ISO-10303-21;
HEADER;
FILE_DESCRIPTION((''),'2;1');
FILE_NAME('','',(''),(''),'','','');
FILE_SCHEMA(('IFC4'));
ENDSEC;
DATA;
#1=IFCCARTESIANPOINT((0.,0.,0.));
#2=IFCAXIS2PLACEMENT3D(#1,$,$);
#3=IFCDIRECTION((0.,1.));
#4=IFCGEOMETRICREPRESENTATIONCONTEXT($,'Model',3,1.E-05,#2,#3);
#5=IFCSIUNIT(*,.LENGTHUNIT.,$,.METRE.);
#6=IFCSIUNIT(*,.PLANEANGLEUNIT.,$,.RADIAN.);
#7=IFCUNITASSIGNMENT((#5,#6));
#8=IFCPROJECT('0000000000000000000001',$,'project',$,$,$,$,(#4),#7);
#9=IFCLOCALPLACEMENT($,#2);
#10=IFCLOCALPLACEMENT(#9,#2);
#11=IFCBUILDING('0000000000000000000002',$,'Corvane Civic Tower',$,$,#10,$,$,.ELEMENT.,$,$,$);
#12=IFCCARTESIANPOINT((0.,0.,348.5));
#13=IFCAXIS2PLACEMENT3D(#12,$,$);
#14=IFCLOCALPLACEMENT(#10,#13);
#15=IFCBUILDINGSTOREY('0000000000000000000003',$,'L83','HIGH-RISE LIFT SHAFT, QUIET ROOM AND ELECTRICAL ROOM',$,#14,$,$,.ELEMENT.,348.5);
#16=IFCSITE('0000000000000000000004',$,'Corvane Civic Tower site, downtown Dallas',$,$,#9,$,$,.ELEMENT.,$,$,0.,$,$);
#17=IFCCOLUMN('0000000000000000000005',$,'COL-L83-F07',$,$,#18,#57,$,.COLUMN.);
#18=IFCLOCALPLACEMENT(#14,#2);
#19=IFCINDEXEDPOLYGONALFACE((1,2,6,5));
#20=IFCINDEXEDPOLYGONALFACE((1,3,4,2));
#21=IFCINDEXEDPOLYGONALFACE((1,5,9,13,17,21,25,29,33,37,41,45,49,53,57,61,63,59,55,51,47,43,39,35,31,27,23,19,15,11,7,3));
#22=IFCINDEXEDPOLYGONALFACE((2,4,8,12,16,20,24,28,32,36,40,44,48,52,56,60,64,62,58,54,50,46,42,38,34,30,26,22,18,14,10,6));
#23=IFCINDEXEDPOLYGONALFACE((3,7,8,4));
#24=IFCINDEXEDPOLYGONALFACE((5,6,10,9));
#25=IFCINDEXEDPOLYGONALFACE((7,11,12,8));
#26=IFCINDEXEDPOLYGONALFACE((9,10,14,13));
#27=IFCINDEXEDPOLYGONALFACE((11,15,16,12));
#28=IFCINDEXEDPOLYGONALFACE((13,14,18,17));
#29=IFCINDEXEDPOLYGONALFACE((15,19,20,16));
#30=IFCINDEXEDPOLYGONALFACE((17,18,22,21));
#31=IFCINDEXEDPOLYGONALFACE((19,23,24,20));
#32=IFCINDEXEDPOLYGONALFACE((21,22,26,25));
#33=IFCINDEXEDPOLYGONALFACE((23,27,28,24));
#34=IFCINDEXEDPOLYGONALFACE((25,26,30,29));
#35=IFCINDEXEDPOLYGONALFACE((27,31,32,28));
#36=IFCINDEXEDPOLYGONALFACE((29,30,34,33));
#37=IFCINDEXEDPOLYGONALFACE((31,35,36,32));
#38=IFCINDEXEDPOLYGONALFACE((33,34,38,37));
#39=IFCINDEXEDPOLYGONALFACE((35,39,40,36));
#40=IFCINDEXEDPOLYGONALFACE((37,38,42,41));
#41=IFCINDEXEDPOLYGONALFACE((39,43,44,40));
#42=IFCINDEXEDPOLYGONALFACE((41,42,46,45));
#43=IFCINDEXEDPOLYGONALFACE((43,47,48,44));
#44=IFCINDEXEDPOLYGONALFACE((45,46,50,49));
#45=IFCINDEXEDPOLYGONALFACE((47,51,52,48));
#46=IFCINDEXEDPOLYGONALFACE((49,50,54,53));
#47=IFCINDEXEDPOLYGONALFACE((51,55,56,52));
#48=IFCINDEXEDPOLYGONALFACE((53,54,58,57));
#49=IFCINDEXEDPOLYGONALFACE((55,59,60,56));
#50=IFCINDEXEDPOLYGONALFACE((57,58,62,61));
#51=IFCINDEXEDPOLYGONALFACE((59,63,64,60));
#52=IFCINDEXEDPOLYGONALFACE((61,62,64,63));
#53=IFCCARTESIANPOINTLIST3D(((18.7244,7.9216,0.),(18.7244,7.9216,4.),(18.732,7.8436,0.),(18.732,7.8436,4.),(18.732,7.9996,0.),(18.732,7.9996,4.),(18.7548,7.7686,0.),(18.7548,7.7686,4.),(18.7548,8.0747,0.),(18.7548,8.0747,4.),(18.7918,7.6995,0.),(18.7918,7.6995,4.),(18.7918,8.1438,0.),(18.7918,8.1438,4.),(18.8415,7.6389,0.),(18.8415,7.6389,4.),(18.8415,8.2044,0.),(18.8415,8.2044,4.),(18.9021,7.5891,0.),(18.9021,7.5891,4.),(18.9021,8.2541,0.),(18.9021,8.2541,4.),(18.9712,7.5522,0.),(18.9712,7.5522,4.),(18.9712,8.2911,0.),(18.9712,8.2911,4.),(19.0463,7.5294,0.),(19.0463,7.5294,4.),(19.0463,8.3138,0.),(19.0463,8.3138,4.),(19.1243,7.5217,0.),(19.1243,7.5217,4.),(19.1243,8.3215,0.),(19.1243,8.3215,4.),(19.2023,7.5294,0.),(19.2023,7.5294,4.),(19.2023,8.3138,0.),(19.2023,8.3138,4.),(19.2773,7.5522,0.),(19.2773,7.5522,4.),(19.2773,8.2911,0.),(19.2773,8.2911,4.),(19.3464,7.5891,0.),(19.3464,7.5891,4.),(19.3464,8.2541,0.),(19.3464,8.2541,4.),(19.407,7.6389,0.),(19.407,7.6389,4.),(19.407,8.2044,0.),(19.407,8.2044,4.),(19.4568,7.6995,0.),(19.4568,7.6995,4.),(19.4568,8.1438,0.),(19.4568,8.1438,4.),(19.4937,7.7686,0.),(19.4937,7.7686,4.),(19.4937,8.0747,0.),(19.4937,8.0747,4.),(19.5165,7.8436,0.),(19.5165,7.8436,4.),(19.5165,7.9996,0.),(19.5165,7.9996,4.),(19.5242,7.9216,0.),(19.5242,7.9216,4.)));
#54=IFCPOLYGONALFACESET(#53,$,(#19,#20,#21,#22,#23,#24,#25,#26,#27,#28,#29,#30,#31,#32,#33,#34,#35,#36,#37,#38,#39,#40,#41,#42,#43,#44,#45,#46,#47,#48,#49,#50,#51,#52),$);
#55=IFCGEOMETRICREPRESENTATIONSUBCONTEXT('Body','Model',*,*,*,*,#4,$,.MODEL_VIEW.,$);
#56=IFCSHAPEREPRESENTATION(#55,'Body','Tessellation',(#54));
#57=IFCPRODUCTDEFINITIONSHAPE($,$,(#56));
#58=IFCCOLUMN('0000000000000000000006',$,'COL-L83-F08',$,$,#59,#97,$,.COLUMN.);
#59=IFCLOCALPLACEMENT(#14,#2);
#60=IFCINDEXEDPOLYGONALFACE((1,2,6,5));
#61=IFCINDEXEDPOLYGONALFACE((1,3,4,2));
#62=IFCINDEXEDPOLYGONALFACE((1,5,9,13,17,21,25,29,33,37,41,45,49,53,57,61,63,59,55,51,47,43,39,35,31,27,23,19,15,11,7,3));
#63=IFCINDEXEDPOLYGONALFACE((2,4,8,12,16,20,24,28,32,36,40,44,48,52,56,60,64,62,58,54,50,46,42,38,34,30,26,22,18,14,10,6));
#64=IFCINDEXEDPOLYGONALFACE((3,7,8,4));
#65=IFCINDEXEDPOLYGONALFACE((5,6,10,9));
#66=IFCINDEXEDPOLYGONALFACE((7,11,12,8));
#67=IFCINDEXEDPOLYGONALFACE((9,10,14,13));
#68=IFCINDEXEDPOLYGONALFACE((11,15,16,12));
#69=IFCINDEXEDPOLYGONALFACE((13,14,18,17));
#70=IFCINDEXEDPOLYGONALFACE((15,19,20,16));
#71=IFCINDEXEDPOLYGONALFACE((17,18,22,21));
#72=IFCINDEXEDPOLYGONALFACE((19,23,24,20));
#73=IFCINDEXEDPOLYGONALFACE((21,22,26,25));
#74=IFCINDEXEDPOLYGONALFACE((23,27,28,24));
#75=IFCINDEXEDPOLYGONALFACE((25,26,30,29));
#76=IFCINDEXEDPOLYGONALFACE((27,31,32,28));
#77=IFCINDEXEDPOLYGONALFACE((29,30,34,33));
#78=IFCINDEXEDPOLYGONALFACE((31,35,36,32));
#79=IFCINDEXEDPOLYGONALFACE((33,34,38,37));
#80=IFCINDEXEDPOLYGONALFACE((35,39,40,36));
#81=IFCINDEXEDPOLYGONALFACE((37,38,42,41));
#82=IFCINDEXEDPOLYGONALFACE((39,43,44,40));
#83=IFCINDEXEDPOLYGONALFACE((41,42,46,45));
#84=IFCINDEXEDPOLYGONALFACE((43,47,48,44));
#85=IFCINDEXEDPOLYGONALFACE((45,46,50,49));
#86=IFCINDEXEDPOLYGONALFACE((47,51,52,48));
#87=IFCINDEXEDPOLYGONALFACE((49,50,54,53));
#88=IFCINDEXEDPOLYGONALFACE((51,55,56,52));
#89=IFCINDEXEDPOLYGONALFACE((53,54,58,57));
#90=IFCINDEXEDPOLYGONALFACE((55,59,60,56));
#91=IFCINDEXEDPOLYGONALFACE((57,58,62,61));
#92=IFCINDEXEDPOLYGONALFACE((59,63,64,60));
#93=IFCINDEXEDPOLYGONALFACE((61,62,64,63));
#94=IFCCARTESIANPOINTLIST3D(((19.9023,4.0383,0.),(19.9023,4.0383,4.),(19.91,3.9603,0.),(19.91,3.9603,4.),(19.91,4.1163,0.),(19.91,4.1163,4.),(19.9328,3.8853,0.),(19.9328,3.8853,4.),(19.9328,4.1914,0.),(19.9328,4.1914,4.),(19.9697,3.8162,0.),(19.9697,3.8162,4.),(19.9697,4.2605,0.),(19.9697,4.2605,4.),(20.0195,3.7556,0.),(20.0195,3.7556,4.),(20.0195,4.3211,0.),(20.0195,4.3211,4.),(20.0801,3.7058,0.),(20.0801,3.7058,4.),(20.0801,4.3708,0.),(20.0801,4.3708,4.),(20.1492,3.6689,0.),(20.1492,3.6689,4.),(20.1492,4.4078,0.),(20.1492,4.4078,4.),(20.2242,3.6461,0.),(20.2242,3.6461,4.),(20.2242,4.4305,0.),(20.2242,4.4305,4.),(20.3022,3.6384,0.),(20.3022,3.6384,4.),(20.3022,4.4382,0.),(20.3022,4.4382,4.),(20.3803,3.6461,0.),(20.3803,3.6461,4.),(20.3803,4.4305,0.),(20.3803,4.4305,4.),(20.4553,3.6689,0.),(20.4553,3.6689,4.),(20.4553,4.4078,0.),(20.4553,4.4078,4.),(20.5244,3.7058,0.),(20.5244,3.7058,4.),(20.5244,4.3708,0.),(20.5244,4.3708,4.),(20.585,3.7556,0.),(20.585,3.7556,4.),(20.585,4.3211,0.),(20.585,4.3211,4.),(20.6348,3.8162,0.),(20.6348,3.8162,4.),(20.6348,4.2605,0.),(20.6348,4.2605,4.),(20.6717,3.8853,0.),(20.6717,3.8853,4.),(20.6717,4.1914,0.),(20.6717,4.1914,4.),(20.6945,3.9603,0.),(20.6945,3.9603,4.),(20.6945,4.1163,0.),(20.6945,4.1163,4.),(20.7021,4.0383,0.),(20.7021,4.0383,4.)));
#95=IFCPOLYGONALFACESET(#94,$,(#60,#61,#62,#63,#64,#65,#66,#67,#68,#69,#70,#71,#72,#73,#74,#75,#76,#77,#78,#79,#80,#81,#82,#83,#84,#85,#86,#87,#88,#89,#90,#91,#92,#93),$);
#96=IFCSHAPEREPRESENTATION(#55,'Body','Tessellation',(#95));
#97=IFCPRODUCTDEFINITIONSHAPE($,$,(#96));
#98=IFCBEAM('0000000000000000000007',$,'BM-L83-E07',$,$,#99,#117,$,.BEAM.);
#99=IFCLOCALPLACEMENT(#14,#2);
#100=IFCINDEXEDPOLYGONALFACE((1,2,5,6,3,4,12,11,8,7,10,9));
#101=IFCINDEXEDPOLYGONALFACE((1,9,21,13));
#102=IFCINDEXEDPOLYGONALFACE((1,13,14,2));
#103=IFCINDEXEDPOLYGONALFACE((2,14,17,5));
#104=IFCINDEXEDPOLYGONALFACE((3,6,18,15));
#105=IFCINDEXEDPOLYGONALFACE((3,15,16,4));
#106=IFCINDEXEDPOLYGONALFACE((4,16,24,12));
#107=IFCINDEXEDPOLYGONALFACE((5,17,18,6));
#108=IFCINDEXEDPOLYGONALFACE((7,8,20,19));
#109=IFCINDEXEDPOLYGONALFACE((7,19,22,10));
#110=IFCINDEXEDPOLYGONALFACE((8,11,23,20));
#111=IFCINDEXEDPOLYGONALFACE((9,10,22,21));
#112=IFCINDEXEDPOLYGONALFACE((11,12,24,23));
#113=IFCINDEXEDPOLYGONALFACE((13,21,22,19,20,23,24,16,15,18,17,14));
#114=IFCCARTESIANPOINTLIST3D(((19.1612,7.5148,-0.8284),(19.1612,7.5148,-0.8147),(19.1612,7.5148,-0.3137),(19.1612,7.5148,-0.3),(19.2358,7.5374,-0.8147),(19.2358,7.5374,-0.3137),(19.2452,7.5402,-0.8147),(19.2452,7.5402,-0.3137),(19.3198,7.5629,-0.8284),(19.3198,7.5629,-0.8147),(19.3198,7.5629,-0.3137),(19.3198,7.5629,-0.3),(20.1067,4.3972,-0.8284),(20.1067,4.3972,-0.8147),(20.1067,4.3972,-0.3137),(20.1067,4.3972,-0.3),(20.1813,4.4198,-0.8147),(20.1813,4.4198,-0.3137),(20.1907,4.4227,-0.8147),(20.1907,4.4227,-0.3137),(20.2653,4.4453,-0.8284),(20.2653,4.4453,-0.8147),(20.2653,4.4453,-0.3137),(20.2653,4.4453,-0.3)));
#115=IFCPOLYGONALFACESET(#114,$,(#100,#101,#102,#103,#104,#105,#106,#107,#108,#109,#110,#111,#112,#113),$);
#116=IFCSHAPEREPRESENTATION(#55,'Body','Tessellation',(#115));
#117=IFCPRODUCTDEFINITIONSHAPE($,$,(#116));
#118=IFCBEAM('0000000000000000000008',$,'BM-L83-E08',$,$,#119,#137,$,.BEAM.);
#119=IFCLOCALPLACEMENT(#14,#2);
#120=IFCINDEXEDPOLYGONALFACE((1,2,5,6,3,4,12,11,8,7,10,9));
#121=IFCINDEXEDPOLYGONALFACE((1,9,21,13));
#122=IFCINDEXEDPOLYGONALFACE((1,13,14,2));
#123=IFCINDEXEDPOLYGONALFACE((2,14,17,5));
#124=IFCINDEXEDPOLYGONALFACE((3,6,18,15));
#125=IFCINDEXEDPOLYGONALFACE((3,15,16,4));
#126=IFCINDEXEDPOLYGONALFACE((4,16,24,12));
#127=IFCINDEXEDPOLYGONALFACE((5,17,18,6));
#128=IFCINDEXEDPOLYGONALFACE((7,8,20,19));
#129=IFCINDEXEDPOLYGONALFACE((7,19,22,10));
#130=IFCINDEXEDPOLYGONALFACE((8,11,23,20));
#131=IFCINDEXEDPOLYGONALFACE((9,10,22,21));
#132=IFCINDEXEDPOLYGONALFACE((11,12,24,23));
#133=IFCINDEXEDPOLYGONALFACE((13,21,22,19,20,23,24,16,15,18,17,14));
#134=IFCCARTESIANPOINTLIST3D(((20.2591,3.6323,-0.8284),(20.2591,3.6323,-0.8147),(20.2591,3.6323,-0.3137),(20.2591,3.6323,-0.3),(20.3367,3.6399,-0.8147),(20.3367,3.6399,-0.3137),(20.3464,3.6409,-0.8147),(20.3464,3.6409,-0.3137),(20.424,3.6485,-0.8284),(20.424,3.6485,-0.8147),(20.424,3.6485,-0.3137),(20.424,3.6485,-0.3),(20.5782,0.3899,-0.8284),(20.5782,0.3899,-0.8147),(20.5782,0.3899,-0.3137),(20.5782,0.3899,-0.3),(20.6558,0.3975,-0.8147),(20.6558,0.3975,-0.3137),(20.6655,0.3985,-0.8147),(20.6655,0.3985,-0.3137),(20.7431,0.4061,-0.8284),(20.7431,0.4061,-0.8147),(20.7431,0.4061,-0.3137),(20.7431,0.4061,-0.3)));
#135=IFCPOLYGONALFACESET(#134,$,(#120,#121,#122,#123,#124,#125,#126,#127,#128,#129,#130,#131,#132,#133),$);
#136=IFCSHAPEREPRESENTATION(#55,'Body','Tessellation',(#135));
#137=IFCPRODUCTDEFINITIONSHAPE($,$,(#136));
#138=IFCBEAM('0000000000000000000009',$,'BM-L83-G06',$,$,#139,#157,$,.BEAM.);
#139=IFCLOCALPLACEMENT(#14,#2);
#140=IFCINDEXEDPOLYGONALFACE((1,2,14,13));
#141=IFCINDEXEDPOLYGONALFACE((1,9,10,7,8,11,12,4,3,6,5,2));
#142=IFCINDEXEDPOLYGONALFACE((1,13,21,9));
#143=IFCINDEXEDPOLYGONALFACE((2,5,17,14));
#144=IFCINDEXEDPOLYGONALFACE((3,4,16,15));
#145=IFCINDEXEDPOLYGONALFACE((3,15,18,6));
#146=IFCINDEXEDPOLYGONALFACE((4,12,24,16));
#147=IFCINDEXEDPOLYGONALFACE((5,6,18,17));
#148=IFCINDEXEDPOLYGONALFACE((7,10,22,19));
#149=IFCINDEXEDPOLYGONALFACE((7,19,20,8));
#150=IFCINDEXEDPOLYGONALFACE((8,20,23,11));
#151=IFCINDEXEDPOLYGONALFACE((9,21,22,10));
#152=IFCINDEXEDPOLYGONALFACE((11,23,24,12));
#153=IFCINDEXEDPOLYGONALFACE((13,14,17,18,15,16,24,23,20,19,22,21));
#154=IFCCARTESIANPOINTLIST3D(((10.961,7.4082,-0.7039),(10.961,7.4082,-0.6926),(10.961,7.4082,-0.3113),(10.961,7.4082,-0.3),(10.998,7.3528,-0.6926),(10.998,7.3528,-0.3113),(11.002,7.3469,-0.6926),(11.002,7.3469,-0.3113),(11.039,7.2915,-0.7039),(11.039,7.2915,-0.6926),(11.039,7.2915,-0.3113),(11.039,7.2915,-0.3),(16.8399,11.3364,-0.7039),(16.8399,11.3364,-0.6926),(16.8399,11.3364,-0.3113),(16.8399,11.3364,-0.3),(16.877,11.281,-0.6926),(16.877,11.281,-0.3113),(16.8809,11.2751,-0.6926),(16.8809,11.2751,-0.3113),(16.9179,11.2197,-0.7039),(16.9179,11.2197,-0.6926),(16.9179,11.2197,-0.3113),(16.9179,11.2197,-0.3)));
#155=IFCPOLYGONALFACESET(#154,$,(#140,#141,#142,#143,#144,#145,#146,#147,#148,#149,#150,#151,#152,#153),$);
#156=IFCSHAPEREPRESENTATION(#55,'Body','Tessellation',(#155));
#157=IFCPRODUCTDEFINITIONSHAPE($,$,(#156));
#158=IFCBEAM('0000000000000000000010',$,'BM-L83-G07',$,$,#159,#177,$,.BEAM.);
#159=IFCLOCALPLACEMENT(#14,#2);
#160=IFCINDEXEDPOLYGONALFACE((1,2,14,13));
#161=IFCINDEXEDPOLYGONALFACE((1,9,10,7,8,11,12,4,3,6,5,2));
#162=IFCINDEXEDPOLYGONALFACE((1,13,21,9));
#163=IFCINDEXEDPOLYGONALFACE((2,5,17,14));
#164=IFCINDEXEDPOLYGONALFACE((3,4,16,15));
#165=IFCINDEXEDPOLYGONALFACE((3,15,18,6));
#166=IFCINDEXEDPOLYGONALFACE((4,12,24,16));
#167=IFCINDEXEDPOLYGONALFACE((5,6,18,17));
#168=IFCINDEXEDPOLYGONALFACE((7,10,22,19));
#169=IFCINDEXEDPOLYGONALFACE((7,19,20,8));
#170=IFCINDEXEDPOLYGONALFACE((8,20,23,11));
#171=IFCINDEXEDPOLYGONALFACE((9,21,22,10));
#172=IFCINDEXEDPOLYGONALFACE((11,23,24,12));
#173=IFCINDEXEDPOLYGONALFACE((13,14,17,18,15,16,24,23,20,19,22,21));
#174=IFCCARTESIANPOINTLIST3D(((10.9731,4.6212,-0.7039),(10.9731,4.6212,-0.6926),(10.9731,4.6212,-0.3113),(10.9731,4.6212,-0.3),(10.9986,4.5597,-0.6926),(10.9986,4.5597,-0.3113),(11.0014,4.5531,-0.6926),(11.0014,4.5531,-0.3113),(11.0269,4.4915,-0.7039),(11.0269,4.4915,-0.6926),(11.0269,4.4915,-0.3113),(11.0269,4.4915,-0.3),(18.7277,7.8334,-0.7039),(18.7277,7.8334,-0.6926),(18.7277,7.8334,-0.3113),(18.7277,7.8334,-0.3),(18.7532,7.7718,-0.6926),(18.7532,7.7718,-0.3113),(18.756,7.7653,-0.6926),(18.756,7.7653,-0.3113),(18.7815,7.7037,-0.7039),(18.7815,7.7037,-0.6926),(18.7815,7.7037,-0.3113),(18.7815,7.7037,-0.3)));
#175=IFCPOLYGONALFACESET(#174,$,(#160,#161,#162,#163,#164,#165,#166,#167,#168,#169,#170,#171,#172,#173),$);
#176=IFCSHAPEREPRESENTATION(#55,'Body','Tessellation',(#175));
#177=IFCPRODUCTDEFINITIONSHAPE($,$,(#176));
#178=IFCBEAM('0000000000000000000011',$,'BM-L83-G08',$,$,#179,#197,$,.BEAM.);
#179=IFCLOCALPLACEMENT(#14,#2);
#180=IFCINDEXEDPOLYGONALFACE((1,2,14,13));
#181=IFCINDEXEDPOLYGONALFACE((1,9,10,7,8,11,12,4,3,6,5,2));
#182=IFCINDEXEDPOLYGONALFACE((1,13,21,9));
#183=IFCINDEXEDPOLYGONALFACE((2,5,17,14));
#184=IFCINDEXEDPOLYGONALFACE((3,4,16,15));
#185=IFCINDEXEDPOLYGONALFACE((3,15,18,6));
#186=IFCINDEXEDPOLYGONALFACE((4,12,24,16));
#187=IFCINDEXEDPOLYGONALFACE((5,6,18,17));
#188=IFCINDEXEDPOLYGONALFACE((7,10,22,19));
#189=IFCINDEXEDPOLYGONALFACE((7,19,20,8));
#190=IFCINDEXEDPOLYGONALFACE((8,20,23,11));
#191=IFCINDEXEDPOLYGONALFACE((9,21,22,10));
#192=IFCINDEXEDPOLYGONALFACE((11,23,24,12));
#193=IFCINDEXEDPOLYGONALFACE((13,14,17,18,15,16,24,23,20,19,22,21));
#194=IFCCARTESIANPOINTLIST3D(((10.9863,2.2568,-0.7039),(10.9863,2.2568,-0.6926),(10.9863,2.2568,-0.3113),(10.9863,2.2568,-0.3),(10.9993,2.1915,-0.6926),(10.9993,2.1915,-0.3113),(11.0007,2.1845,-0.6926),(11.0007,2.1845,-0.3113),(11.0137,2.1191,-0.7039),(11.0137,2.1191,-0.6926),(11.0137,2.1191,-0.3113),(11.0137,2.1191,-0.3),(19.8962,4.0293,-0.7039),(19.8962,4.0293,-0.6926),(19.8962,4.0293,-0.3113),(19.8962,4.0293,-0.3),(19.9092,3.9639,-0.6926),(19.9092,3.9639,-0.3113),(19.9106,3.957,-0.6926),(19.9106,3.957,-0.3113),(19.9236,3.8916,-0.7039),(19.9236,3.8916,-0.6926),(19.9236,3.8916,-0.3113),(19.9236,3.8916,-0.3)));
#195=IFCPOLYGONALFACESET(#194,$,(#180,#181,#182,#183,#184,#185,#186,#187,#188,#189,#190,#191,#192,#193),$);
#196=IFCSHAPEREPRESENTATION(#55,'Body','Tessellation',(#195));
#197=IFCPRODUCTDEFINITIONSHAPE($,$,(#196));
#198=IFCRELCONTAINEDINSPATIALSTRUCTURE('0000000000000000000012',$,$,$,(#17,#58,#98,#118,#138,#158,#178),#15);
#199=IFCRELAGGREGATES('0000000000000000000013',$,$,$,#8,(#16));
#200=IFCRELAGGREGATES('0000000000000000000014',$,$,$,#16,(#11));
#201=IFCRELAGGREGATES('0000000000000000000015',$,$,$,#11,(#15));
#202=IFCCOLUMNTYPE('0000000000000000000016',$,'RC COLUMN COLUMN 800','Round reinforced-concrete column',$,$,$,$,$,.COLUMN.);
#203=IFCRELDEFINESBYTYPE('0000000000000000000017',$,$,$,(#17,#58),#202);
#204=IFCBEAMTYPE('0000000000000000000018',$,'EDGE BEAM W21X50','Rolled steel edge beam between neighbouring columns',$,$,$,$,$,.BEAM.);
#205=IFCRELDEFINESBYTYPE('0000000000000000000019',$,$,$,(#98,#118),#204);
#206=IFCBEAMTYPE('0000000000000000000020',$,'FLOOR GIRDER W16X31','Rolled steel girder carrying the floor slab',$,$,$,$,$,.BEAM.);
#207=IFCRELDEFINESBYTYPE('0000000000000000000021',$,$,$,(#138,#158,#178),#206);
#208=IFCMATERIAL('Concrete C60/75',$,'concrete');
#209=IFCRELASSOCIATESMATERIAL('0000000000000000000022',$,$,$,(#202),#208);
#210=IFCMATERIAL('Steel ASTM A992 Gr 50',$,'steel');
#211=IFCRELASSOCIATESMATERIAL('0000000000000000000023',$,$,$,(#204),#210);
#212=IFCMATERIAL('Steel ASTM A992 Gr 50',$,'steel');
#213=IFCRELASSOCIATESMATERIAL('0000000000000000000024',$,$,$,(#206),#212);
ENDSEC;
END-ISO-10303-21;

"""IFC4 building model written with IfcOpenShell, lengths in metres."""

from ifc_helpers import new_model, si_unit, direction, frame, origin, origin_2d, place, context, subcontext, project, spatial, circle, i_section, extrude, material, material_profile, profile_set, type_object, element, save


model = new_model("IFC4")

# Units and contexts
model_context = context("Model", 3, precision=1e-05, world=origin(), true_north=direction((0.0, 1.0)))
body_context = subcontext(model_context, "Body", "Model", "MODEL_VIEW")
ifc_project = project(units=[si_unit("LENGTHUNIT", "METRE"), si_unit("PLANEANGLEUNIT", "RADIAN")], contexts=[model_context])

# Site, building, storey
site_placement = place(None, origin())
site = spatial("IfcSite", under=ifc_project, at=site_placement, Name="Corvane Civic Tower site, downtown Dallas", CompositionType="ELEMENT", RefElevation=0.0)
building_placement = place(site_placement, origin())
building = spatial("IfcBuilding", under=site, at=building_placement, Name="Corvane Civic Tower", CompositionType="ELEMENT")
storey_placement = place(building_placement, frame((0.0, 0.0, 348.5)))
storey = spatial("IfcBuildingStorey", under=building, at=storey_placement, Name="L83", Description="HIGH-RISE LIFT SHAFT, QUIET ROOM AND ELECTRICAL ROOM", CompositionType="ELEMENT", Elevation=348.5)

# Columns
ifc_material_1 = material(Name="Concrete C60/75", Category="concrete")
ifc_material_profile_1 = material_profile(ifc_material_1, circle(Radius=0.3999, at=origin_2d()), Name="COLUMN 800")
ifc_profile_set_1 = profile_set([ifc_material_profile_1], Name="Concrete C60/75")
column_type = type_object("IfcColumnType", Name="RC COLUMN COLUMN 800", Description="Round reinforced-concrete column", PredefinedType="COLUMN", material=ifc_profile_set_1)
for number, where, z_axis, x_axis, name in (
    (1, (19.1243, 7.9216, 0.0), (0.0, 0.0, 1.0), (1.0, 0.0, 0.0), "COL-L83-F07"),
    (2, (20.3022, 4.0383, 0.0), (0.0, 0.0, 1.0), (1.0, 0.0, 0.0), "COL-L83-F08"),
):
    element("IfcColumn", number, at=place(storey_placement, frame(where, z_axis=z_axis, x_axis=x_axis)), inside=storey, type_object=column_type, Name=name, PredefinedType="COLUMN", context=body_context, shape_type="SweptSolid", body=[
        extrude(circle(Radius=0.3999, at=origin_2d()), origin(), (0.0, 0.0, 1.0), 4.0),
    ])

# Beams
ifc_material_2 = material(Name="Steel ASTM A992 Gr 50", Category="steel")
ifc_material_profile_2 = material_profile(ifc_material_2, i_section(OverallWidth=0.1658, OverallDepth=0.5283, WebThickness=0.0098, FlangeThickness=0.0137, at=origin_2d()), Name="W21X50")
ifc_profile_set_2 = profile_set([ifc_material_profile_2], Name="Steel ASTM A992 Gr 50")
beam_type_1 = type_object("IfcBeamType", Name="EDGE BEAM W21X50", Description="Rolled steel edge beam between neighbouring columns", PredefinedType="BEAM", material=ifc_profile_set_2)
beam_1_placement = place(storey_placement, frame((19.2405, 7.5388, -0.5642), z_axis=(0.290234, -0.956956, 0.0), x_axis=(0.956956, 0.290234, 0.0)))
element("IfcBeam", 3, at=beam_1_placement, inside=storey, type_object=beam_type_1, Name="BM-L83-E07", PredefinedType="BEAM", context=body_context, shape_type="SweptSolid", body=[
    extrude(i_section(OverallWidth=0.1658, OverallDepth=0.5283, WebThickness=0.0098, FlangeThickness=0.0137, at=origin_2d()), origin(), (0.0, 0.0, 1.0), 3.2578),
])
beam_2_placement = place(storey_placement, frame((20.3416, 3.6404, -0.5642), z_axis=(0.097938, -0.995193, 0.0), x_axis=(0.995193, 0.097938, 0.0)))
element("IfcBeam", 4, at=beam_2_placement, inside=storey, type_object=beam_type_1, Name="BM-L83-E08", PredefinedType="BEAM", context=body_context, shape_type="SweptSolid", body=[
    extrude(i_section(OverallWidth=0.1658, OverallDepth=0.5283, WebThickness=0.0098, FlangeThickness=0.0137, at=origin_2d()), origin(), (0.0, 0.0, 1.0), 3.2581),
])
ifc_material_3 = material(Name="Steel ASTM A992 Gr 50", Category="steel")
ifc_material_profile_3 = material_profile(ifc_material_3, i_section(OverallWidth=0.1404, OverallDepth=0.4038, WebThickness=0.0071, FlangeThickness=0.0112, at=origin_2d()), Name="W16X31")
ifc_profile_set_3 = profile_set([ifc_material_profile_3], Name="Steel ASTM A992 Gr 50")
beam_type_2 = type_object("IfcBeamType", Name="FLOOR GIRDER W16X31", Description="Rolled steel girder carrying the floor slab", PredefinedType="BEAM", material=ifc_profile_set_3)
beam_3_placement = place(storey_placement, frame((11.0, 7.3499, -0.502), z_axis=(0.831465, 0.555576, 0.0), x_axis=(-0.555576, 0.831465, 0.0)))
element("IfcBeam", 5, at=beam_3_placement, inside=storey, type_object=beam_type_2, Name="BM-L83-G06", PredefinedType="BEAM", context=body_context, shape_type="SweptSolid", body=[
    extrude(i_section(OverallWidth=0.1404, OverallDepth=0.4038, WebThickness=0.0071, FlangeThickness=0.0112, at=origin_2d()), origin(), (0.0, 0.0, 1.0), 7.0706),
])
beam_4_placement = place(storey_placement, frame((11.0, 4.5564, -0.502), z_axis=(0.923876, 0.382692, 0.0), x_axis=(-0.382692, 0.923876, 0.0)))
element("IfcBeam", 6, at=beam_4_placement, inside=storey, type_object=beam_type_2, Name="BM-L83-G07", PredefinedType="BEAM", context=body_context, shape_type="SweptSolid", body=[
    extrude(i_section(OverallWidth=0.1404, OverallDepth=0.4038, WebThickness=0.0071, FlangeThickness=0.0112, at=origin_2d()), origin(), (0.0, 0.0, 1.0), 8.3936),
])
beam_5_placement = place(storey_placement, frame((11.0, 2.188, -0.502), z_axis=(0.980782, 0.195108, 0.0), x_axis=(-0.195108, 0.980782, 0.0)))
element("IfcBeam", 7, at=beam_5_placement, inside=storey, type_object=beam_type_2, Name="BM-L83-G08", PredefinedType="BEAM", context=body_context, shape_type="SweptSolid", body=[
    extrude(i_section(OverallWidth=0.1404, OverallDepth=0.4038, WebThickness=0.0071, FlangeThickness=0.0112, at=origin_2d()), origin(), (0.0, 0.0, 1.0), 9.0845),
])

save(model, "model.ifc")
